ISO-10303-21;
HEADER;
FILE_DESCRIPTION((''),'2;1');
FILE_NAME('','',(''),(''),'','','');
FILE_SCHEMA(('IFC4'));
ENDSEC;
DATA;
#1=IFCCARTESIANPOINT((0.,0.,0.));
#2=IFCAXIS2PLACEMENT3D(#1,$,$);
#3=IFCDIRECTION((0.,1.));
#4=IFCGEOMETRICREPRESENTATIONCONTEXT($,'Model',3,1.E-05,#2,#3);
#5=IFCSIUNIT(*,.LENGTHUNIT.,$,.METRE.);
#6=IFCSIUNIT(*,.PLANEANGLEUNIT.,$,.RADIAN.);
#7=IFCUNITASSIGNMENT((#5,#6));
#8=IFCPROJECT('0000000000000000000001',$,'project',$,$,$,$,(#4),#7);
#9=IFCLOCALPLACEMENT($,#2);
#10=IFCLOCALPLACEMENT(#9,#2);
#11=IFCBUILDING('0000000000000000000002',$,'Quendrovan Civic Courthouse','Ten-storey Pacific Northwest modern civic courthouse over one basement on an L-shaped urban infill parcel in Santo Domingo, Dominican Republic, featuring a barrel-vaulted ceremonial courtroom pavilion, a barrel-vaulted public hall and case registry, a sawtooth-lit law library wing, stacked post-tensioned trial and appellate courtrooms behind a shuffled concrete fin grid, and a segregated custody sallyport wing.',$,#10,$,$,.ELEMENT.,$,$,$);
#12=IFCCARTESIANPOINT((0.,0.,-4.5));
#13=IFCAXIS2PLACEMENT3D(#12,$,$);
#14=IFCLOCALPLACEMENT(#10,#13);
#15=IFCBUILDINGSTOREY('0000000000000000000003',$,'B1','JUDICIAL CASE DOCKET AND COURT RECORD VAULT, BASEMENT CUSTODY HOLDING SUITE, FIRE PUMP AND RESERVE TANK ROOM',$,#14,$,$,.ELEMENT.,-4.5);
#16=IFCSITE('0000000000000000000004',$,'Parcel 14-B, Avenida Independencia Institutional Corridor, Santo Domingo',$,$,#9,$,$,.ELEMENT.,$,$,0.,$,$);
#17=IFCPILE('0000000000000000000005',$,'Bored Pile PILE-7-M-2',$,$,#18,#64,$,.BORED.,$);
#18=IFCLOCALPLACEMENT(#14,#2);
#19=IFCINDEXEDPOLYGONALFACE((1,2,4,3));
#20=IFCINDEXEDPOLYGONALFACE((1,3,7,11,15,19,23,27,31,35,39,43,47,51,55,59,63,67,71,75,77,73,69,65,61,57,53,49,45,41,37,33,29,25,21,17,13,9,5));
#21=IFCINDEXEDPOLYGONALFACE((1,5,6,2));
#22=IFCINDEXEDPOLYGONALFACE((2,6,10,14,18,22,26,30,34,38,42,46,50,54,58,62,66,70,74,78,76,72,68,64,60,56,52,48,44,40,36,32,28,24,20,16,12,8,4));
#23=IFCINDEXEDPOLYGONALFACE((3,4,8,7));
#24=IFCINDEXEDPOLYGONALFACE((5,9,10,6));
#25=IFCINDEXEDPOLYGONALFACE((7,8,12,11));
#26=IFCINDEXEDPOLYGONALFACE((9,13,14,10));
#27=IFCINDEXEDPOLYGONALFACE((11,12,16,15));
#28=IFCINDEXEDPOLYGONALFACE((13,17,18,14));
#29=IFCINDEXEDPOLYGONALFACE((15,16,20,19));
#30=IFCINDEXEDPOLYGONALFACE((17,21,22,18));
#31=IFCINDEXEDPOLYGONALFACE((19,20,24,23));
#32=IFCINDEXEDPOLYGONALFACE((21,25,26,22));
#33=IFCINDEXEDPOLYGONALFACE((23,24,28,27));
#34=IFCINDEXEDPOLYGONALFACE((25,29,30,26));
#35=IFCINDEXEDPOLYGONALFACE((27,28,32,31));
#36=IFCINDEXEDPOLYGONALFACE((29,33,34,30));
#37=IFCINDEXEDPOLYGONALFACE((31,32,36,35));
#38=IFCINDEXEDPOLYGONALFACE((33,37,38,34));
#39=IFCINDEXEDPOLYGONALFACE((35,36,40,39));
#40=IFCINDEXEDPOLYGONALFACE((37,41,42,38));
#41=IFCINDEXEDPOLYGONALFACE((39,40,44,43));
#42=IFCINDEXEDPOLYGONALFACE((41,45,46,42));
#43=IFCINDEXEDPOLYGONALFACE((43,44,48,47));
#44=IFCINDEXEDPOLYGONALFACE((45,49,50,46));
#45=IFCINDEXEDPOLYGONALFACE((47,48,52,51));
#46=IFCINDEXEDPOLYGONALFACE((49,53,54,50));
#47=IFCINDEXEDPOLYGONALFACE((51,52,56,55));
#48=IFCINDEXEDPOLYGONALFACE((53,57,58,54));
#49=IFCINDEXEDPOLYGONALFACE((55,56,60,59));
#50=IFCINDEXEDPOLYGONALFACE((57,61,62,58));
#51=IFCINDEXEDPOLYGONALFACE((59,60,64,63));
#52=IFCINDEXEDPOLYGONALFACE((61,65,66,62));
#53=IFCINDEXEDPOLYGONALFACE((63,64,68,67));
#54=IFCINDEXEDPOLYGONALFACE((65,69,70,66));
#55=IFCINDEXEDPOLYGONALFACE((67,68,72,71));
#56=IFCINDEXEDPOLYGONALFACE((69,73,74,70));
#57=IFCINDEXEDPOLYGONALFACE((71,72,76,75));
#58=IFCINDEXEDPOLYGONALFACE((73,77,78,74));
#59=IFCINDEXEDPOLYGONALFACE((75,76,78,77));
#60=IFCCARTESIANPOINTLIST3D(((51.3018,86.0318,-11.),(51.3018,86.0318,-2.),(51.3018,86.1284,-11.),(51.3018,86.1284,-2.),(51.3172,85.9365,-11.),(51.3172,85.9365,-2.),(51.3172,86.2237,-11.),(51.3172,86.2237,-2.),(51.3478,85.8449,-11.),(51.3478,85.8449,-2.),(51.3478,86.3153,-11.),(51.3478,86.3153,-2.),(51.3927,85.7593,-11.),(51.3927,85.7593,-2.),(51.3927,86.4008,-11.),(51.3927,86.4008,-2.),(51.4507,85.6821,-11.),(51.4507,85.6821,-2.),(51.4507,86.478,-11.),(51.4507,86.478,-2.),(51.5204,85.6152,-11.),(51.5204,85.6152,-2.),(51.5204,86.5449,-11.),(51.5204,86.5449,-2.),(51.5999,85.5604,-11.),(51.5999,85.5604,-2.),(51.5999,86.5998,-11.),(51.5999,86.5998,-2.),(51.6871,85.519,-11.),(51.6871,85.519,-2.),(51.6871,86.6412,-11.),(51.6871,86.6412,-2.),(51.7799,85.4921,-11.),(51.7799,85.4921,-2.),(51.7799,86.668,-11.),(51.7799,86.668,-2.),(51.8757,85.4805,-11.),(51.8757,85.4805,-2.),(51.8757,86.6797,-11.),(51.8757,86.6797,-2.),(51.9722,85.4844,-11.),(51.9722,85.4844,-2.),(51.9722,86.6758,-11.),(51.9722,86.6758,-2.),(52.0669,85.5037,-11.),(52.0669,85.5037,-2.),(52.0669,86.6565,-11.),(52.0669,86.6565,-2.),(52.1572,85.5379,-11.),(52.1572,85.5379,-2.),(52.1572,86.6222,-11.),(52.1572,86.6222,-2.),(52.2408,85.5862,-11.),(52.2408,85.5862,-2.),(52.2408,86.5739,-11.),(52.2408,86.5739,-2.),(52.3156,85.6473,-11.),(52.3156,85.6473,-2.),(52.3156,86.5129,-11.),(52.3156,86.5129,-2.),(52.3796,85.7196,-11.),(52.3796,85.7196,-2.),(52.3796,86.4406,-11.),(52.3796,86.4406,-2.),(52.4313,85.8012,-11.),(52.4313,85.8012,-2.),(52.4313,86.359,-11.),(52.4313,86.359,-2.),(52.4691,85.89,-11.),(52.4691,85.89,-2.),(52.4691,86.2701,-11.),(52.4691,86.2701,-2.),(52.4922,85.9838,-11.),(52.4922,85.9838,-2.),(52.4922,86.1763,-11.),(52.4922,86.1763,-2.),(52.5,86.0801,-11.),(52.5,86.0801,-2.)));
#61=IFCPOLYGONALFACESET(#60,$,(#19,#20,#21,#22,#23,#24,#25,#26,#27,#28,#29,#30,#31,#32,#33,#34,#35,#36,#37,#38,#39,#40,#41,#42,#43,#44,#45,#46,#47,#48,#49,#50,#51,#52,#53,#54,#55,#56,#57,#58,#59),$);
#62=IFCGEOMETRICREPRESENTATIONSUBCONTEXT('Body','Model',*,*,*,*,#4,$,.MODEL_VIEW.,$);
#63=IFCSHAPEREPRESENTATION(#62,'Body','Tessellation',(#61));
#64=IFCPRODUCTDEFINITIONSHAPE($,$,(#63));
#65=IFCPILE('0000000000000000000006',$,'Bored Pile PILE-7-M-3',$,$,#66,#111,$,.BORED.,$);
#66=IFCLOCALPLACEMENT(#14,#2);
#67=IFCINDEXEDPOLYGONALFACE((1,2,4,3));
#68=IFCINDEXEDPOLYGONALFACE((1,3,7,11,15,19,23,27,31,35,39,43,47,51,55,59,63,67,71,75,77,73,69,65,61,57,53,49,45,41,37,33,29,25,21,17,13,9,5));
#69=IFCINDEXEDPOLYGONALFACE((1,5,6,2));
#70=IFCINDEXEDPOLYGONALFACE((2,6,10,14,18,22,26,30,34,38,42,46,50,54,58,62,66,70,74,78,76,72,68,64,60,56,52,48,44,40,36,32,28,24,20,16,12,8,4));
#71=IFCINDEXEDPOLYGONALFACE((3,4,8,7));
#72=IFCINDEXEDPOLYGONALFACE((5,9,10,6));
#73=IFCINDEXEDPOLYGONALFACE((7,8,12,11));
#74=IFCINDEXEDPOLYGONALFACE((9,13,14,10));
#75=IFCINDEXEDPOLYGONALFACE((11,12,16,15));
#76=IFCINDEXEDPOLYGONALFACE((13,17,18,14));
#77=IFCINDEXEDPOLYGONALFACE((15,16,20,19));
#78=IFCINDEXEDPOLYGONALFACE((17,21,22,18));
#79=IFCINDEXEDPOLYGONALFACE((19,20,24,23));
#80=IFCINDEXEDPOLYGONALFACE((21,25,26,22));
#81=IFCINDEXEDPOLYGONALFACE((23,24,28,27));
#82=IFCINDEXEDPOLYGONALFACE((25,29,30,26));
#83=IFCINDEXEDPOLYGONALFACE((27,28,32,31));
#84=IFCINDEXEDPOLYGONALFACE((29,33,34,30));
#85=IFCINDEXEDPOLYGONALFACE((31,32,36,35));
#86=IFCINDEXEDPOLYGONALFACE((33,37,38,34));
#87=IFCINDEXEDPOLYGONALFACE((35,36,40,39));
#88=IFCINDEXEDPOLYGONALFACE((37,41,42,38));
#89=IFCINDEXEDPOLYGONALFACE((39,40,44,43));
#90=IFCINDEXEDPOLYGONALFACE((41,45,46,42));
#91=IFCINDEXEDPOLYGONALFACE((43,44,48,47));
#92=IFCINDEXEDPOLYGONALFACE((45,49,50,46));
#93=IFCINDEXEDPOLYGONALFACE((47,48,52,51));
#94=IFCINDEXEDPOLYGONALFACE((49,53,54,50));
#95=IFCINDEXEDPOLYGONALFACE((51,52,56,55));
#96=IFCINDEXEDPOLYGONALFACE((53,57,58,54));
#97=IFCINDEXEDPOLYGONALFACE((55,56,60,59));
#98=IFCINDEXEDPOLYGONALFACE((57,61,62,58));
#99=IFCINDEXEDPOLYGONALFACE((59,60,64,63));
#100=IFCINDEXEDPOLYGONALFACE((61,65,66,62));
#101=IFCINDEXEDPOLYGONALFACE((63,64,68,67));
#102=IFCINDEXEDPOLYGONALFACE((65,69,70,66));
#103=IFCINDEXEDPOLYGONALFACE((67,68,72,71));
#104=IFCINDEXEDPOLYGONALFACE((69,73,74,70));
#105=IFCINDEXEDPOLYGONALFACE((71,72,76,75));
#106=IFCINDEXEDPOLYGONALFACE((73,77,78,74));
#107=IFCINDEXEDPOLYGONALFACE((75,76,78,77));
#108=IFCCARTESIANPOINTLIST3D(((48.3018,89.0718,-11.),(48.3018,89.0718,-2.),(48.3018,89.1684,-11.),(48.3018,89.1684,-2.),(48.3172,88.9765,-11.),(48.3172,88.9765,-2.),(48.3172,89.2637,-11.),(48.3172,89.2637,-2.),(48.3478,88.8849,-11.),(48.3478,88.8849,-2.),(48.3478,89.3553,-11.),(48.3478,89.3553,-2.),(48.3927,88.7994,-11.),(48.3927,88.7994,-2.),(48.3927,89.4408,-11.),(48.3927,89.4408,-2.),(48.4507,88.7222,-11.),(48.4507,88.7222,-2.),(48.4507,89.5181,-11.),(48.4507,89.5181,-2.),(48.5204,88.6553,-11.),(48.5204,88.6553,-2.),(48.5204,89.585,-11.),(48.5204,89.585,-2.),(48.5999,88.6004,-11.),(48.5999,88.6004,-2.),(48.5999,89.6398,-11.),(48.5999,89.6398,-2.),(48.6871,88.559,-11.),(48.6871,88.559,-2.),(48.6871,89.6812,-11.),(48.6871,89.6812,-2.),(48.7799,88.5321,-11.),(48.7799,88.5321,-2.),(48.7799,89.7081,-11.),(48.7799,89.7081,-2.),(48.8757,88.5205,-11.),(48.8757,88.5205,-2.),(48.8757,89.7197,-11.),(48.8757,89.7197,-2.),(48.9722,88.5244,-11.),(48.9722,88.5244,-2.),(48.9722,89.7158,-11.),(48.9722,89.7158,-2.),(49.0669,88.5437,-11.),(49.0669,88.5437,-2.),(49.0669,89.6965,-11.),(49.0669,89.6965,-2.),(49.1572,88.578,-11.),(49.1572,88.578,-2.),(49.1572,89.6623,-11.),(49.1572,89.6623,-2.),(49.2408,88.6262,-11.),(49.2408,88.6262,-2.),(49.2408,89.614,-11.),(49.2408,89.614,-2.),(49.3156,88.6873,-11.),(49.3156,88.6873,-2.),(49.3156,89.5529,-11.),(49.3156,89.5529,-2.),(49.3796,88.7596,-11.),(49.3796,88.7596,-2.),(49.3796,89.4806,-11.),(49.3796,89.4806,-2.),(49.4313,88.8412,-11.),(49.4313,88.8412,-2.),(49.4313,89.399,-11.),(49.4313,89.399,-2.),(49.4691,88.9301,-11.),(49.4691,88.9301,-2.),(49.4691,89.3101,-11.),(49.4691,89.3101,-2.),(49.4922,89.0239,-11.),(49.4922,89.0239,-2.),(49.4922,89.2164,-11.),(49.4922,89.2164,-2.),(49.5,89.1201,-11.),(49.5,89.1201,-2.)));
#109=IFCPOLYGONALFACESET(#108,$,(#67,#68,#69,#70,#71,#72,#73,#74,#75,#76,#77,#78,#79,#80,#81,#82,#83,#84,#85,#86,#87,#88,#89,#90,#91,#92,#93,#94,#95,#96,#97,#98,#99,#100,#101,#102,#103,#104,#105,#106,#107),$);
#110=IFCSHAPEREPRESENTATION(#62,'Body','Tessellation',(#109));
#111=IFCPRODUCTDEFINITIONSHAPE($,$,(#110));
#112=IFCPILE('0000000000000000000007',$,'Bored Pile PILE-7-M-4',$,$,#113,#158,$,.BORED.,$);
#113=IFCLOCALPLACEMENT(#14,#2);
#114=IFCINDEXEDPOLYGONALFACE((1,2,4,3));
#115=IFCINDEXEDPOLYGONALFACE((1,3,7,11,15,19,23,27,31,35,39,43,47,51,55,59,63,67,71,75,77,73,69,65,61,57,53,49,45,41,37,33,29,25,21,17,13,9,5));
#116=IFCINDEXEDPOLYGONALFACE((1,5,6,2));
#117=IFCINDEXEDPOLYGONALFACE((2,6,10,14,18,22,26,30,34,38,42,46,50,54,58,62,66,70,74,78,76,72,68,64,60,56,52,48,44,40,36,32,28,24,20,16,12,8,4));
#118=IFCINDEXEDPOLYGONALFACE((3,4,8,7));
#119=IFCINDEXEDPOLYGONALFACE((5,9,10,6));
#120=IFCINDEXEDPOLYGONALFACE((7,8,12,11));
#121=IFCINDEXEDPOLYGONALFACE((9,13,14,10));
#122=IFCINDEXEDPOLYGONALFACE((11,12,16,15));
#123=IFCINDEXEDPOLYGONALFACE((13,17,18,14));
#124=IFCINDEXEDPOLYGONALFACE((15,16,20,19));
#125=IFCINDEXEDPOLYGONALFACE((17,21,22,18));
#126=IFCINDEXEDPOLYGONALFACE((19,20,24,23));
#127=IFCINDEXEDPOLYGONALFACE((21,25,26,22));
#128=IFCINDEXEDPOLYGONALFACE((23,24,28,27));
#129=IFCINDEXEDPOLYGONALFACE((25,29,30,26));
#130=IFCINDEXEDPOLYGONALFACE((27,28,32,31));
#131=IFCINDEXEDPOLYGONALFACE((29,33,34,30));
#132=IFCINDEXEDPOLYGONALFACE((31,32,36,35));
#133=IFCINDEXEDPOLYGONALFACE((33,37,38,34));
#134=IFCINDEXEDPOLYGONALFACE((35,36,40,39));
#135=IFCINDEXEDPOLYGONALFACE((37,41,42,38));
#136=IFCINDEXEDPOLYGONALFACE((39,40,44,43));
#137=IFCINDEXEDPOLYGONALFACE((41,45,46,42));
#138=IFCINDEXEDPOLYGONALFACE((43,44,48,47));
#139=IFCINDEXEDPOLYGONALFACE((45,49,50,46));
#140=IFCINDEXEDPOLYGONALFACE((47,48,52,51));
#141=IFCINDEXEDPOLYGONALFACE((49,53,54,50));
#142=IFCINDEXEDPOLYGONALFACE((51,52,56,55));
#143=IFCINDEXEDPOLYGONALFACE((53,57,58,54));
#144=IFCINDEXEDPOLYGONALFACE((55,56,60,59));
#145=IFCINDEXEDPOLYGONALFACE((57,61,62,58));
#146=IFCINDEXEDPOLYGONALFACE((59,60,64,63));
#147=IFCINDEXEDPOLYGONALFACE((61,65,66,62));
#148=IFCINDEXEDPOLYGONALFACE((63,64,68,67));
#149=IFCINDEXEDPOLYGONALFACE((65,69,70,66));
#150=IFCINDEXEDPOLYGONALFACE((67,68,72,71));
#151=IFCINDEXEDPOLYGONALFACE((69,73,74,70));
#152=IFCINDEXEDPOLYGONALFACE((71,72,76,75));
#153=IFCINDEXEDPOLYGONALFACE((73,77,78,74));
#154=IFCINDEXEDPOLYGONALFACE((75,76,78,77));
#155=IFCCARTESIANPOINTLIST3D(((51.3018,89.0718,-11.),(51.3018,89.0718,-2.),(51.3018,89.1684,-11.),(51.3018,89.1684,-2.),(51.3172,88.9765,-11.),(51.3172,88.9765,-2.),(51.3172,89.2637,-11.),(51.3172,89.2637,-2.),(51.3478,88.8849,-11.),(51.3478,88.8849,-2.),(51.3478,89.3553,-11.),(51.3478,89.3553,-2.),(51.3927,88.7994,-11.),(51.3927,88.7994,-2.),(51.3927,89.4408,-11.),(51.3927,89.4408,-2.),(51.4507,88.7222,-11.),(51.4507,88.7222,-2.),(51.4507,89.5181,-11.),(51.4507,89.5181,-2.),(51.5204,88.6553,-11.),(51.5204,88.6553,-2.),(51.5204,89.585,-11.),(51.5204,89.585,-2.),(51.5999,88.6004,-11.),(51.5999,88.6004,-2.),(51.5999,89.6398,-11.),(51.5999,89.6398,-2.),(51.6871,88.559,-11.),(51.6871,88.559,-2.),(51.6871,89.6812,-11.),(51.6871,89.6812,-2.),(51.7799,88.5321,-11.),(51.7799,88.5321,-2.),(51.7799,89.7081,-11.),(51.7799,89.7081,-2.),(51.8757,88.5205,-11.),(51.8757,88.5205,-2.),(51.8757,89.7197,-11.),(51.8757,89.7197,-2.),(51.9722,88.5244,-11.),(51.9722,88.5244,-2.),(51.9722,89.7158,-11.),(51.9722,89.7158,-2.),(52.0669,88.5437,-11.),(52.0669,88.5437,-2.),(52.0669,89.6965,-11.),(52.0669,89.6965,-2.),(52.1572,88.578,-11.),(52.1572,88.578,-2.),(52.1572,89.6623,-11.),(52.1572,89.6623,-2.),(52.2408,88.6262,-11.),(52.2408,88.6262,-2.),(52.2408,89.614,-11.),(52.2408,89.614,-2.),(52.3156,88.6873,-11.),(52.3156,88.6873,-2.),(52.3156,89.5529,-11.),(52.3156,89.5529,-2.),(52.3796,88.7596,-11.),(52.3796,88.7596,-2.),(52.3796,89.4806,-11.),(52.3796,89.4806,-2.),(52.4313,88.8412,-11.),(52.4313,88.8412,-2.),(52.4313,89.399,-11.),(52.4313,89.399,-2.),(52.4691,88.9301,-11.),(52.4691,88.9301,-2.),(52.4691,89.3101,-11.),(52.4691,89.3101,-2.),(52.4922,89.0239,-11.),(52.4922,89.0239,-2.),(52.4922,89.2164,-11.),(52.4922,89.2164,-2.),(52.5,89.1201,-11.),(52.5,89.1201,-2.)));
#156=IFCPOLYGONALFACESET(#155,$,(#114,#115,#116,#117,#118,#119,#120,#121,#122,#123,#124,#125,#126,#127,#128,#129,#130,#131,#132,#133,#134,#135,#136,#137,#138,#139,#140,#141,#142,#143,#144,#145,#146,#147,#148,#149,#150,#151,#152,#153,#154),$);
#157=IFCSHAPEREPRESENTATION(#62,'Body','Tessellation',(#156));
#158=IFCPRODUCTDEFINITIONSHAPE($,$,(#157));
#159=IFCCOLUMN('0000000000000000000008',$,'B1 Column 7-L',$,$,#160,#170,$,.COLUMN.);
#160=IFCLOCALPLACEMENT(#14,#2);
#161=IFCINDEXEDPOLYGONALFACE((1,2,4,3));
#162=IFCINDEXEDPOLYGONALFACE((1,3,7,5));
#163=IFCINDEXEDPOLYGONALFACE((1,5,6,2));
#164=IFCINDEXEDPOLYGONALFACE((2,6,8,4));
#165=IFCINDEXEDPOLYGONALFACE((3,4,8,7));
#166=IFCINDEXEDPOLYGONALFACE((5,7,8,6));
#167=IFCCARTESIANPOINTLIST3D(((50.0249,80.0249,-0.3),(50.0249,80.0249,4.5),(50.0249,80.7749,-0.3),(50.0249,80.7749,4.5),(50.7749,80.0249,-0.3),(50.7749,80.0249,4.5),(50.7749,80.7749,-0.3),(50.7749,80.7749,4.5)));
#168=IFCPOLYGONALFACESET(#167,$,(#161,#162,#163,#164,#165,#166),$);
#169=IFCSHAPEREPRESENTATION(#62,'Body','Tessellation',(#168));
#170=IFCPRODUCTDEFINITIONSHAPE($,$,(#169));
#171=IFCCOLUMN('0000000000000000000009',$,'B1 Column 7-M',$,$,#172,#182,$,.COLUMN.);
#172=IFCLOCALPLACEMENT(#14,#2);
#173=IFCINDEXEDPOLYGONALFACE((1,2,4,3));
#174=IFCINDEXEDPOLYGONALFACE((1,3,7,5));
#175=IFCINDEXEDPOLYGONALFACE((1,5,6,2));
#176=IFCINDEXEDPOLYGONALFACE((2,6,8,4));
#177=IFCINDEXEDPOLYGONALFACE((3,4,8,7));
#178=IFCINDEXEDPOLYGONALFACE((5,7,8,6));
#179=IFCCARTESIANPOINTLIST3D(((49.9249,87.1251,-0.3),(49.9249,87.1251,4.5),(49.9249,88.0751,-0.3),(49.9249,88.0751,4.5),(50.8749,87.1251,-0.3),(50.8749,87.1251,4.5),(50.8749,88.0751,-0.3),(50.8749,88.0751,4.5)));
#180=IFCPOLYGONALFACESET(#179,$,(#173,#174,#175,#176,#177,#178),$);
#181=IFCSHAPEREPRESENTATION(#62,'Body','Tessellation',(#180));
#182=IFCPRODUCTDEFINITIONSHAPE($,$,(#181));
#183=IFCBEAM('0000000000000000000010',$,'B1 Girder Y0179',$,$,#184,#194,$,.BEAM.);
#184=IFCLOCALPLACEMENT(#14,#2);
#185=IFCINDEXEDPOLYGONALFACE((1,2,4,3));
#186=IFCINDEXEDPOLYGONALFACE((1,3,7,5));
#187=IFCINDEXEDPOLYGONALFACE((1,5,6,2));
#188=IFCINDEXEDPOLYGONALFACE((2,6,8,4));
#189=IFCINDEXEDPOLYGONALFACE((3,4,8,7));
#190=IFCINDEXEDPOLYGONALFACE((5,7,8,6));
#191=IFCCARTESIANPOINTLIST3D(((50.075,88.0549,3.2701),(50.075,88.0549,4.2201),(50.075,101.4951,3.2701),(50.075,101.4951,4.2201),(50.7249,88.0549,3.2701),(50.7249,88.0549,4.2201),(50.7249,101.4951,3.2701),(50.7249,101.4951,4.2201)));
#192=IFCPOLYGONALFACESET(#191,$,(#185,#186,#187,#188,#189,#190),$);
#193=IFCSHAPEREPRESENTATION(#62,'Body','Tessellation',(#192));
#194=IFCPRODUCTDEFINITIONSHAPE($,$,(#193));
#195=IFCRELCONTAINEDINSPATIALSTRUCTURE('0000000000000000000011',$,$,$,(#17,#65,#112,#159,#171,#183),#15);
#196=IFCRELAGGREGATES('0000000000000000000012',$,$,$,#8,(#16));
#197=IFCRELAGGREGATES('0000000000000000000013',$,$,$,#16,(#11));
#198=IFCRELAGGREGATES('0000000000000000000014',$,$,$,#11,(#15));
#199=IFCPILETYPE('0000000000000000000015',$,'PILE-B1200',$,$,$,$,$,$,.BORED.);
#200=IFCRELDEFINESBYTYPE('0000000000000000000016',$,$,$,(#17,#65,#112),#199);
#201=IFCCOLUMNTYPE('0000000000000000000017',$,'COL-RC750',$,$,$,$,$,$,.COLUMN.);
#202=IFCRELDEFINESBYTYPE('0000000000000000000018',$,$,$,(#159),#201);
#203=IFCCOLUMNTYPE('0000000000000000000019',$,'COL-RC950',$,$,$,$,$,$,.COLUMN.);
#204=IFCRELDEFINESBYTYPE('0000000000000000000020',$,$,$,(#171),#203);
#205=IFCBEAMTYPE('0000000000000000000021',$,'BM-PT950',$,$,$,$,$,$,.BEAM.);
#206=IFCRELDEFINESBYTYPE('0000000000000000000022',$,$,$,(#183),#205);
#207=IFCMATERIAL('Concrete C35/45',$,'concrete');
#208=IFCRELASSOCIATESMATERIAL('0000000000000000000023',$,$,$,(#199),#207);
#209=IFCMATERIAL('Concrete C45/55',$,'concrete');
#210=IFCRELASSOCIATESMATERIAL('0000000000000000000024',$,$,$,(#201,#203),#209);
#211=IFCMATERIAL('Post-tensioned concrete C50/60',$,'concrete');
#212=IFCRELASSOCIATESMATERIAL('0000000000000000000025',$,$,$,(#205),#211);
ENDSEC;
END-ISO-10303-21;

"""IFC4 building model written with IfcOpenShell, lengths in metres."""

from ifc_helpers import new_model, si_unit, direction, frame, origin, origin_2d, place, context, subcontext, project, spatial, rectangle, circle, extrude, material, material_profile, profile_set, type_object, element, save


model = new_model("IFC4")

# Units and contexts
model_context = context("Model", 3, precision=1e-05, world=origin(), true_north=direction((0.0, 1.0)))
body_context = subcontext(model_context, "Body", "Model", "MODEL_VIEW")
ifc_project = project(units=[si_unit("LENGTHUNIT", "METRE"), si_unit("PLANEANGLEUNIT", "RADIAN")], contexts=[model_context])

# Site, building, storey
site_placement = place(None, origin())
site = spatial("IfcSite", under=ifc_project, at=site_placement, Name="Parcel 14-B, Avenida Independencia Institutional Corridor, Santo Domingo", CompositionType="ELEMENT", RefElevation=0.0)
building_placement = place(site_placement, origin())
building = spatial("IfcBuilding", under=site, at=building_placement, Name="Quendrovan Civic Courthouse", Description="Ten-storey Pacific Northwest modern civic courthouse over one basement on an L-shaped urban infill parcel in Santo Domingo, Dominican Republic, featuring a barrel-vaulted ceremonial courtroom pavilion, a barrel-vaulted public hall and case registry, a sawtooth-lit law library wing, stacked post-tensioned trial and appellate courtrooms behind a shuffled concrete fin grid, and a segregated custody sallyport wing.", CompositionType="ELEMENT")
storey_placement = place(building_placement, frame((0.0, 0.0, -4.5)))
storey = spatial("IfcBuildingStorey", under=building, at=storey_placement, Name="B1", Description="JUDICIAL CASE DOCKET AND COURT RECORD VAULT, BASEMENT CUSTODY HOLDING SUITE, FIRE PUMP AND RESERVE TANK ROOM", CompositionType="ELEMENT", Elevation=-4.5)

# Shared definitions
ifc_material_1 = material(Name="Concrete C35/45", Category="concrete")

# Piles
ifc_material_profile_1 = material_profile(ifc_material_1, circle(Radius=0.6001, at=origin_2d()), Name="PILE-D1200")
ifc_profile_set_1 = profile_set([ifc_material_profile_1], Name="Concrete C35/45")
pile_type_1 = type_object("IfcPileType", Name="PILE-B1200", PredefinedType="BORED", material=ifc_profile_set_1)
for number, where, z_axis, x_axis, name in (
    (1, (51.8999, 86.0801, -2.0), (0.0, 0.0, -1.0), (1.0, 0.0, 0.0), "Bored Pile PILE-7-M-2"),
    (2, (48.8999, 89.1201, -2.0), (0.0, 0.0, -1.0), (1.0, 0.0, 0.0), "Bored Pile PILE-7-M-3"),
    (3, (51.8999, 89.1201, -2.0), (0.0, 0.0, -1.0), (1.0, 0.0, 0.0), "Bored Pile PILE-7-M-4"),
):
    element("IfcPile", number, at=place(storey_placement, frame(where, z_axis=z_axis, x_axis=x_axis)), inside=storey, type_object=pile_type_1, Name=name, PredefinedType="BORED", context=body_context, shape_type="SweptSolid", body=[
        extrude(circle(Radius=0.6001, at=origin_2d()), origin(), (0.0, 0.0, 1.0), 9.0),
    ])

# Columns
ifc_material_2 = material(Name="Concrete C45/55", Category="concrete")
ifc_material_profile_2 = material_profile(ifc_material_2, rectangle(XDim=0.75, YDim=0.75, at=origin_2d()), Name="RC-COL-750x750")
ifc_profile_set_2 = profile_set([ifc_material_profile_2], Name="Concrete C45/55")
column_type_1 = type_object("IfcColumnType", Name="COL-RC750", PredefinedType="COLUMN", material=ifc_profile_set_2)
column_1_placement = place(storey_placement, frame((50.3999, 80.3999, -0.3), z_axis=(0.0, 0.0, 1.0), x_axis=(1.0, 0.0, 0.0)))
element("IfcColumn", 4, at=column_1_placement, inside=storey, type_object=column_type_1, Name="B1 Column 7-L", PredefinedType="COLUMN", context=body_context, shape_type="SweptSolid", body=[
    extrude(rectangle(XDim=0.75, YDim=0.75, at=origin_2d()), origin(), (0.0, 0.0, 1.0), 4.8),
])
ifc_material_profile_3 = material_profile(ifc_material_2, rectangle(XDim=0.95, YDim=0.95, at=origin_2d()), Name="RC-COL-950x950")
ifc_profile_set_3 = profile_set([ifc_material_profile_3], Name="Concrete C45/55")
column_type_2 = type_object("IfcColumnType", Name="COL-RC950", PredefinedType="COLUMN", material=ifc_profile_set_3)
column_2_placement = place(storey_placement, frame((50.3999, 87.6001, -0.3), z_axis=(0.0, 0.0, 1.0), x_axis=(1.0, 0.0, 0.0)))
element("IfcColumn", 5, at=column_2_placement, inside=storey, type_object=column_type_2, Name="B1 Column 7-M", PredefinedType="COLUMN", context=body_context, shape_type="SweptSolid", body=[
    extrude(rectangle(XDim=0.95, YDim=0.95, at=origin_2d()), origin(), (0.0, 0.0, 1.0), 4.8),
])

# Beam
ifc_material_3 = material(Name="Post-tensioned concrete C50/60", Category="concrete")
ifc_material_profile_4 = material_profile(ifc_material_3, rectangle(XDim=0.6499, YDim=0.95, at=origin_2d()), Name="PT-GIRD-650x950")
ifc_profile_set_4 = profile_set([ifc_material_profile_4], Name="Post-tensioned concrete C50/60")
beam_type_1 = type_object("IfcBeamType", Name="BM-PT950", PredefinedType="BEAM", material=ifc_profile_set_4)
beam_1_placement = place(storey_placement, frame((50.3999, 88.0549, 3.7451), z_axis=(0.0, 1.0, 0.0), x_axis=(-1.0, 0.0, 0.0)))
element("IfcBeam", 6, at=beam_1_placement, inside=storey, type_object=beam_type_1, Name="B1 Girder Y0179", PredefinedType="BEAM", context=body_context, shape_type="SweptSolid", body=[
    extrude(rectangle(XDim=0.6499, YDim=0.95, at=origin_2d()), origin(), (0.0, 0.0, 1.0), 13.4402),
])

save(model, "model.ifc")
